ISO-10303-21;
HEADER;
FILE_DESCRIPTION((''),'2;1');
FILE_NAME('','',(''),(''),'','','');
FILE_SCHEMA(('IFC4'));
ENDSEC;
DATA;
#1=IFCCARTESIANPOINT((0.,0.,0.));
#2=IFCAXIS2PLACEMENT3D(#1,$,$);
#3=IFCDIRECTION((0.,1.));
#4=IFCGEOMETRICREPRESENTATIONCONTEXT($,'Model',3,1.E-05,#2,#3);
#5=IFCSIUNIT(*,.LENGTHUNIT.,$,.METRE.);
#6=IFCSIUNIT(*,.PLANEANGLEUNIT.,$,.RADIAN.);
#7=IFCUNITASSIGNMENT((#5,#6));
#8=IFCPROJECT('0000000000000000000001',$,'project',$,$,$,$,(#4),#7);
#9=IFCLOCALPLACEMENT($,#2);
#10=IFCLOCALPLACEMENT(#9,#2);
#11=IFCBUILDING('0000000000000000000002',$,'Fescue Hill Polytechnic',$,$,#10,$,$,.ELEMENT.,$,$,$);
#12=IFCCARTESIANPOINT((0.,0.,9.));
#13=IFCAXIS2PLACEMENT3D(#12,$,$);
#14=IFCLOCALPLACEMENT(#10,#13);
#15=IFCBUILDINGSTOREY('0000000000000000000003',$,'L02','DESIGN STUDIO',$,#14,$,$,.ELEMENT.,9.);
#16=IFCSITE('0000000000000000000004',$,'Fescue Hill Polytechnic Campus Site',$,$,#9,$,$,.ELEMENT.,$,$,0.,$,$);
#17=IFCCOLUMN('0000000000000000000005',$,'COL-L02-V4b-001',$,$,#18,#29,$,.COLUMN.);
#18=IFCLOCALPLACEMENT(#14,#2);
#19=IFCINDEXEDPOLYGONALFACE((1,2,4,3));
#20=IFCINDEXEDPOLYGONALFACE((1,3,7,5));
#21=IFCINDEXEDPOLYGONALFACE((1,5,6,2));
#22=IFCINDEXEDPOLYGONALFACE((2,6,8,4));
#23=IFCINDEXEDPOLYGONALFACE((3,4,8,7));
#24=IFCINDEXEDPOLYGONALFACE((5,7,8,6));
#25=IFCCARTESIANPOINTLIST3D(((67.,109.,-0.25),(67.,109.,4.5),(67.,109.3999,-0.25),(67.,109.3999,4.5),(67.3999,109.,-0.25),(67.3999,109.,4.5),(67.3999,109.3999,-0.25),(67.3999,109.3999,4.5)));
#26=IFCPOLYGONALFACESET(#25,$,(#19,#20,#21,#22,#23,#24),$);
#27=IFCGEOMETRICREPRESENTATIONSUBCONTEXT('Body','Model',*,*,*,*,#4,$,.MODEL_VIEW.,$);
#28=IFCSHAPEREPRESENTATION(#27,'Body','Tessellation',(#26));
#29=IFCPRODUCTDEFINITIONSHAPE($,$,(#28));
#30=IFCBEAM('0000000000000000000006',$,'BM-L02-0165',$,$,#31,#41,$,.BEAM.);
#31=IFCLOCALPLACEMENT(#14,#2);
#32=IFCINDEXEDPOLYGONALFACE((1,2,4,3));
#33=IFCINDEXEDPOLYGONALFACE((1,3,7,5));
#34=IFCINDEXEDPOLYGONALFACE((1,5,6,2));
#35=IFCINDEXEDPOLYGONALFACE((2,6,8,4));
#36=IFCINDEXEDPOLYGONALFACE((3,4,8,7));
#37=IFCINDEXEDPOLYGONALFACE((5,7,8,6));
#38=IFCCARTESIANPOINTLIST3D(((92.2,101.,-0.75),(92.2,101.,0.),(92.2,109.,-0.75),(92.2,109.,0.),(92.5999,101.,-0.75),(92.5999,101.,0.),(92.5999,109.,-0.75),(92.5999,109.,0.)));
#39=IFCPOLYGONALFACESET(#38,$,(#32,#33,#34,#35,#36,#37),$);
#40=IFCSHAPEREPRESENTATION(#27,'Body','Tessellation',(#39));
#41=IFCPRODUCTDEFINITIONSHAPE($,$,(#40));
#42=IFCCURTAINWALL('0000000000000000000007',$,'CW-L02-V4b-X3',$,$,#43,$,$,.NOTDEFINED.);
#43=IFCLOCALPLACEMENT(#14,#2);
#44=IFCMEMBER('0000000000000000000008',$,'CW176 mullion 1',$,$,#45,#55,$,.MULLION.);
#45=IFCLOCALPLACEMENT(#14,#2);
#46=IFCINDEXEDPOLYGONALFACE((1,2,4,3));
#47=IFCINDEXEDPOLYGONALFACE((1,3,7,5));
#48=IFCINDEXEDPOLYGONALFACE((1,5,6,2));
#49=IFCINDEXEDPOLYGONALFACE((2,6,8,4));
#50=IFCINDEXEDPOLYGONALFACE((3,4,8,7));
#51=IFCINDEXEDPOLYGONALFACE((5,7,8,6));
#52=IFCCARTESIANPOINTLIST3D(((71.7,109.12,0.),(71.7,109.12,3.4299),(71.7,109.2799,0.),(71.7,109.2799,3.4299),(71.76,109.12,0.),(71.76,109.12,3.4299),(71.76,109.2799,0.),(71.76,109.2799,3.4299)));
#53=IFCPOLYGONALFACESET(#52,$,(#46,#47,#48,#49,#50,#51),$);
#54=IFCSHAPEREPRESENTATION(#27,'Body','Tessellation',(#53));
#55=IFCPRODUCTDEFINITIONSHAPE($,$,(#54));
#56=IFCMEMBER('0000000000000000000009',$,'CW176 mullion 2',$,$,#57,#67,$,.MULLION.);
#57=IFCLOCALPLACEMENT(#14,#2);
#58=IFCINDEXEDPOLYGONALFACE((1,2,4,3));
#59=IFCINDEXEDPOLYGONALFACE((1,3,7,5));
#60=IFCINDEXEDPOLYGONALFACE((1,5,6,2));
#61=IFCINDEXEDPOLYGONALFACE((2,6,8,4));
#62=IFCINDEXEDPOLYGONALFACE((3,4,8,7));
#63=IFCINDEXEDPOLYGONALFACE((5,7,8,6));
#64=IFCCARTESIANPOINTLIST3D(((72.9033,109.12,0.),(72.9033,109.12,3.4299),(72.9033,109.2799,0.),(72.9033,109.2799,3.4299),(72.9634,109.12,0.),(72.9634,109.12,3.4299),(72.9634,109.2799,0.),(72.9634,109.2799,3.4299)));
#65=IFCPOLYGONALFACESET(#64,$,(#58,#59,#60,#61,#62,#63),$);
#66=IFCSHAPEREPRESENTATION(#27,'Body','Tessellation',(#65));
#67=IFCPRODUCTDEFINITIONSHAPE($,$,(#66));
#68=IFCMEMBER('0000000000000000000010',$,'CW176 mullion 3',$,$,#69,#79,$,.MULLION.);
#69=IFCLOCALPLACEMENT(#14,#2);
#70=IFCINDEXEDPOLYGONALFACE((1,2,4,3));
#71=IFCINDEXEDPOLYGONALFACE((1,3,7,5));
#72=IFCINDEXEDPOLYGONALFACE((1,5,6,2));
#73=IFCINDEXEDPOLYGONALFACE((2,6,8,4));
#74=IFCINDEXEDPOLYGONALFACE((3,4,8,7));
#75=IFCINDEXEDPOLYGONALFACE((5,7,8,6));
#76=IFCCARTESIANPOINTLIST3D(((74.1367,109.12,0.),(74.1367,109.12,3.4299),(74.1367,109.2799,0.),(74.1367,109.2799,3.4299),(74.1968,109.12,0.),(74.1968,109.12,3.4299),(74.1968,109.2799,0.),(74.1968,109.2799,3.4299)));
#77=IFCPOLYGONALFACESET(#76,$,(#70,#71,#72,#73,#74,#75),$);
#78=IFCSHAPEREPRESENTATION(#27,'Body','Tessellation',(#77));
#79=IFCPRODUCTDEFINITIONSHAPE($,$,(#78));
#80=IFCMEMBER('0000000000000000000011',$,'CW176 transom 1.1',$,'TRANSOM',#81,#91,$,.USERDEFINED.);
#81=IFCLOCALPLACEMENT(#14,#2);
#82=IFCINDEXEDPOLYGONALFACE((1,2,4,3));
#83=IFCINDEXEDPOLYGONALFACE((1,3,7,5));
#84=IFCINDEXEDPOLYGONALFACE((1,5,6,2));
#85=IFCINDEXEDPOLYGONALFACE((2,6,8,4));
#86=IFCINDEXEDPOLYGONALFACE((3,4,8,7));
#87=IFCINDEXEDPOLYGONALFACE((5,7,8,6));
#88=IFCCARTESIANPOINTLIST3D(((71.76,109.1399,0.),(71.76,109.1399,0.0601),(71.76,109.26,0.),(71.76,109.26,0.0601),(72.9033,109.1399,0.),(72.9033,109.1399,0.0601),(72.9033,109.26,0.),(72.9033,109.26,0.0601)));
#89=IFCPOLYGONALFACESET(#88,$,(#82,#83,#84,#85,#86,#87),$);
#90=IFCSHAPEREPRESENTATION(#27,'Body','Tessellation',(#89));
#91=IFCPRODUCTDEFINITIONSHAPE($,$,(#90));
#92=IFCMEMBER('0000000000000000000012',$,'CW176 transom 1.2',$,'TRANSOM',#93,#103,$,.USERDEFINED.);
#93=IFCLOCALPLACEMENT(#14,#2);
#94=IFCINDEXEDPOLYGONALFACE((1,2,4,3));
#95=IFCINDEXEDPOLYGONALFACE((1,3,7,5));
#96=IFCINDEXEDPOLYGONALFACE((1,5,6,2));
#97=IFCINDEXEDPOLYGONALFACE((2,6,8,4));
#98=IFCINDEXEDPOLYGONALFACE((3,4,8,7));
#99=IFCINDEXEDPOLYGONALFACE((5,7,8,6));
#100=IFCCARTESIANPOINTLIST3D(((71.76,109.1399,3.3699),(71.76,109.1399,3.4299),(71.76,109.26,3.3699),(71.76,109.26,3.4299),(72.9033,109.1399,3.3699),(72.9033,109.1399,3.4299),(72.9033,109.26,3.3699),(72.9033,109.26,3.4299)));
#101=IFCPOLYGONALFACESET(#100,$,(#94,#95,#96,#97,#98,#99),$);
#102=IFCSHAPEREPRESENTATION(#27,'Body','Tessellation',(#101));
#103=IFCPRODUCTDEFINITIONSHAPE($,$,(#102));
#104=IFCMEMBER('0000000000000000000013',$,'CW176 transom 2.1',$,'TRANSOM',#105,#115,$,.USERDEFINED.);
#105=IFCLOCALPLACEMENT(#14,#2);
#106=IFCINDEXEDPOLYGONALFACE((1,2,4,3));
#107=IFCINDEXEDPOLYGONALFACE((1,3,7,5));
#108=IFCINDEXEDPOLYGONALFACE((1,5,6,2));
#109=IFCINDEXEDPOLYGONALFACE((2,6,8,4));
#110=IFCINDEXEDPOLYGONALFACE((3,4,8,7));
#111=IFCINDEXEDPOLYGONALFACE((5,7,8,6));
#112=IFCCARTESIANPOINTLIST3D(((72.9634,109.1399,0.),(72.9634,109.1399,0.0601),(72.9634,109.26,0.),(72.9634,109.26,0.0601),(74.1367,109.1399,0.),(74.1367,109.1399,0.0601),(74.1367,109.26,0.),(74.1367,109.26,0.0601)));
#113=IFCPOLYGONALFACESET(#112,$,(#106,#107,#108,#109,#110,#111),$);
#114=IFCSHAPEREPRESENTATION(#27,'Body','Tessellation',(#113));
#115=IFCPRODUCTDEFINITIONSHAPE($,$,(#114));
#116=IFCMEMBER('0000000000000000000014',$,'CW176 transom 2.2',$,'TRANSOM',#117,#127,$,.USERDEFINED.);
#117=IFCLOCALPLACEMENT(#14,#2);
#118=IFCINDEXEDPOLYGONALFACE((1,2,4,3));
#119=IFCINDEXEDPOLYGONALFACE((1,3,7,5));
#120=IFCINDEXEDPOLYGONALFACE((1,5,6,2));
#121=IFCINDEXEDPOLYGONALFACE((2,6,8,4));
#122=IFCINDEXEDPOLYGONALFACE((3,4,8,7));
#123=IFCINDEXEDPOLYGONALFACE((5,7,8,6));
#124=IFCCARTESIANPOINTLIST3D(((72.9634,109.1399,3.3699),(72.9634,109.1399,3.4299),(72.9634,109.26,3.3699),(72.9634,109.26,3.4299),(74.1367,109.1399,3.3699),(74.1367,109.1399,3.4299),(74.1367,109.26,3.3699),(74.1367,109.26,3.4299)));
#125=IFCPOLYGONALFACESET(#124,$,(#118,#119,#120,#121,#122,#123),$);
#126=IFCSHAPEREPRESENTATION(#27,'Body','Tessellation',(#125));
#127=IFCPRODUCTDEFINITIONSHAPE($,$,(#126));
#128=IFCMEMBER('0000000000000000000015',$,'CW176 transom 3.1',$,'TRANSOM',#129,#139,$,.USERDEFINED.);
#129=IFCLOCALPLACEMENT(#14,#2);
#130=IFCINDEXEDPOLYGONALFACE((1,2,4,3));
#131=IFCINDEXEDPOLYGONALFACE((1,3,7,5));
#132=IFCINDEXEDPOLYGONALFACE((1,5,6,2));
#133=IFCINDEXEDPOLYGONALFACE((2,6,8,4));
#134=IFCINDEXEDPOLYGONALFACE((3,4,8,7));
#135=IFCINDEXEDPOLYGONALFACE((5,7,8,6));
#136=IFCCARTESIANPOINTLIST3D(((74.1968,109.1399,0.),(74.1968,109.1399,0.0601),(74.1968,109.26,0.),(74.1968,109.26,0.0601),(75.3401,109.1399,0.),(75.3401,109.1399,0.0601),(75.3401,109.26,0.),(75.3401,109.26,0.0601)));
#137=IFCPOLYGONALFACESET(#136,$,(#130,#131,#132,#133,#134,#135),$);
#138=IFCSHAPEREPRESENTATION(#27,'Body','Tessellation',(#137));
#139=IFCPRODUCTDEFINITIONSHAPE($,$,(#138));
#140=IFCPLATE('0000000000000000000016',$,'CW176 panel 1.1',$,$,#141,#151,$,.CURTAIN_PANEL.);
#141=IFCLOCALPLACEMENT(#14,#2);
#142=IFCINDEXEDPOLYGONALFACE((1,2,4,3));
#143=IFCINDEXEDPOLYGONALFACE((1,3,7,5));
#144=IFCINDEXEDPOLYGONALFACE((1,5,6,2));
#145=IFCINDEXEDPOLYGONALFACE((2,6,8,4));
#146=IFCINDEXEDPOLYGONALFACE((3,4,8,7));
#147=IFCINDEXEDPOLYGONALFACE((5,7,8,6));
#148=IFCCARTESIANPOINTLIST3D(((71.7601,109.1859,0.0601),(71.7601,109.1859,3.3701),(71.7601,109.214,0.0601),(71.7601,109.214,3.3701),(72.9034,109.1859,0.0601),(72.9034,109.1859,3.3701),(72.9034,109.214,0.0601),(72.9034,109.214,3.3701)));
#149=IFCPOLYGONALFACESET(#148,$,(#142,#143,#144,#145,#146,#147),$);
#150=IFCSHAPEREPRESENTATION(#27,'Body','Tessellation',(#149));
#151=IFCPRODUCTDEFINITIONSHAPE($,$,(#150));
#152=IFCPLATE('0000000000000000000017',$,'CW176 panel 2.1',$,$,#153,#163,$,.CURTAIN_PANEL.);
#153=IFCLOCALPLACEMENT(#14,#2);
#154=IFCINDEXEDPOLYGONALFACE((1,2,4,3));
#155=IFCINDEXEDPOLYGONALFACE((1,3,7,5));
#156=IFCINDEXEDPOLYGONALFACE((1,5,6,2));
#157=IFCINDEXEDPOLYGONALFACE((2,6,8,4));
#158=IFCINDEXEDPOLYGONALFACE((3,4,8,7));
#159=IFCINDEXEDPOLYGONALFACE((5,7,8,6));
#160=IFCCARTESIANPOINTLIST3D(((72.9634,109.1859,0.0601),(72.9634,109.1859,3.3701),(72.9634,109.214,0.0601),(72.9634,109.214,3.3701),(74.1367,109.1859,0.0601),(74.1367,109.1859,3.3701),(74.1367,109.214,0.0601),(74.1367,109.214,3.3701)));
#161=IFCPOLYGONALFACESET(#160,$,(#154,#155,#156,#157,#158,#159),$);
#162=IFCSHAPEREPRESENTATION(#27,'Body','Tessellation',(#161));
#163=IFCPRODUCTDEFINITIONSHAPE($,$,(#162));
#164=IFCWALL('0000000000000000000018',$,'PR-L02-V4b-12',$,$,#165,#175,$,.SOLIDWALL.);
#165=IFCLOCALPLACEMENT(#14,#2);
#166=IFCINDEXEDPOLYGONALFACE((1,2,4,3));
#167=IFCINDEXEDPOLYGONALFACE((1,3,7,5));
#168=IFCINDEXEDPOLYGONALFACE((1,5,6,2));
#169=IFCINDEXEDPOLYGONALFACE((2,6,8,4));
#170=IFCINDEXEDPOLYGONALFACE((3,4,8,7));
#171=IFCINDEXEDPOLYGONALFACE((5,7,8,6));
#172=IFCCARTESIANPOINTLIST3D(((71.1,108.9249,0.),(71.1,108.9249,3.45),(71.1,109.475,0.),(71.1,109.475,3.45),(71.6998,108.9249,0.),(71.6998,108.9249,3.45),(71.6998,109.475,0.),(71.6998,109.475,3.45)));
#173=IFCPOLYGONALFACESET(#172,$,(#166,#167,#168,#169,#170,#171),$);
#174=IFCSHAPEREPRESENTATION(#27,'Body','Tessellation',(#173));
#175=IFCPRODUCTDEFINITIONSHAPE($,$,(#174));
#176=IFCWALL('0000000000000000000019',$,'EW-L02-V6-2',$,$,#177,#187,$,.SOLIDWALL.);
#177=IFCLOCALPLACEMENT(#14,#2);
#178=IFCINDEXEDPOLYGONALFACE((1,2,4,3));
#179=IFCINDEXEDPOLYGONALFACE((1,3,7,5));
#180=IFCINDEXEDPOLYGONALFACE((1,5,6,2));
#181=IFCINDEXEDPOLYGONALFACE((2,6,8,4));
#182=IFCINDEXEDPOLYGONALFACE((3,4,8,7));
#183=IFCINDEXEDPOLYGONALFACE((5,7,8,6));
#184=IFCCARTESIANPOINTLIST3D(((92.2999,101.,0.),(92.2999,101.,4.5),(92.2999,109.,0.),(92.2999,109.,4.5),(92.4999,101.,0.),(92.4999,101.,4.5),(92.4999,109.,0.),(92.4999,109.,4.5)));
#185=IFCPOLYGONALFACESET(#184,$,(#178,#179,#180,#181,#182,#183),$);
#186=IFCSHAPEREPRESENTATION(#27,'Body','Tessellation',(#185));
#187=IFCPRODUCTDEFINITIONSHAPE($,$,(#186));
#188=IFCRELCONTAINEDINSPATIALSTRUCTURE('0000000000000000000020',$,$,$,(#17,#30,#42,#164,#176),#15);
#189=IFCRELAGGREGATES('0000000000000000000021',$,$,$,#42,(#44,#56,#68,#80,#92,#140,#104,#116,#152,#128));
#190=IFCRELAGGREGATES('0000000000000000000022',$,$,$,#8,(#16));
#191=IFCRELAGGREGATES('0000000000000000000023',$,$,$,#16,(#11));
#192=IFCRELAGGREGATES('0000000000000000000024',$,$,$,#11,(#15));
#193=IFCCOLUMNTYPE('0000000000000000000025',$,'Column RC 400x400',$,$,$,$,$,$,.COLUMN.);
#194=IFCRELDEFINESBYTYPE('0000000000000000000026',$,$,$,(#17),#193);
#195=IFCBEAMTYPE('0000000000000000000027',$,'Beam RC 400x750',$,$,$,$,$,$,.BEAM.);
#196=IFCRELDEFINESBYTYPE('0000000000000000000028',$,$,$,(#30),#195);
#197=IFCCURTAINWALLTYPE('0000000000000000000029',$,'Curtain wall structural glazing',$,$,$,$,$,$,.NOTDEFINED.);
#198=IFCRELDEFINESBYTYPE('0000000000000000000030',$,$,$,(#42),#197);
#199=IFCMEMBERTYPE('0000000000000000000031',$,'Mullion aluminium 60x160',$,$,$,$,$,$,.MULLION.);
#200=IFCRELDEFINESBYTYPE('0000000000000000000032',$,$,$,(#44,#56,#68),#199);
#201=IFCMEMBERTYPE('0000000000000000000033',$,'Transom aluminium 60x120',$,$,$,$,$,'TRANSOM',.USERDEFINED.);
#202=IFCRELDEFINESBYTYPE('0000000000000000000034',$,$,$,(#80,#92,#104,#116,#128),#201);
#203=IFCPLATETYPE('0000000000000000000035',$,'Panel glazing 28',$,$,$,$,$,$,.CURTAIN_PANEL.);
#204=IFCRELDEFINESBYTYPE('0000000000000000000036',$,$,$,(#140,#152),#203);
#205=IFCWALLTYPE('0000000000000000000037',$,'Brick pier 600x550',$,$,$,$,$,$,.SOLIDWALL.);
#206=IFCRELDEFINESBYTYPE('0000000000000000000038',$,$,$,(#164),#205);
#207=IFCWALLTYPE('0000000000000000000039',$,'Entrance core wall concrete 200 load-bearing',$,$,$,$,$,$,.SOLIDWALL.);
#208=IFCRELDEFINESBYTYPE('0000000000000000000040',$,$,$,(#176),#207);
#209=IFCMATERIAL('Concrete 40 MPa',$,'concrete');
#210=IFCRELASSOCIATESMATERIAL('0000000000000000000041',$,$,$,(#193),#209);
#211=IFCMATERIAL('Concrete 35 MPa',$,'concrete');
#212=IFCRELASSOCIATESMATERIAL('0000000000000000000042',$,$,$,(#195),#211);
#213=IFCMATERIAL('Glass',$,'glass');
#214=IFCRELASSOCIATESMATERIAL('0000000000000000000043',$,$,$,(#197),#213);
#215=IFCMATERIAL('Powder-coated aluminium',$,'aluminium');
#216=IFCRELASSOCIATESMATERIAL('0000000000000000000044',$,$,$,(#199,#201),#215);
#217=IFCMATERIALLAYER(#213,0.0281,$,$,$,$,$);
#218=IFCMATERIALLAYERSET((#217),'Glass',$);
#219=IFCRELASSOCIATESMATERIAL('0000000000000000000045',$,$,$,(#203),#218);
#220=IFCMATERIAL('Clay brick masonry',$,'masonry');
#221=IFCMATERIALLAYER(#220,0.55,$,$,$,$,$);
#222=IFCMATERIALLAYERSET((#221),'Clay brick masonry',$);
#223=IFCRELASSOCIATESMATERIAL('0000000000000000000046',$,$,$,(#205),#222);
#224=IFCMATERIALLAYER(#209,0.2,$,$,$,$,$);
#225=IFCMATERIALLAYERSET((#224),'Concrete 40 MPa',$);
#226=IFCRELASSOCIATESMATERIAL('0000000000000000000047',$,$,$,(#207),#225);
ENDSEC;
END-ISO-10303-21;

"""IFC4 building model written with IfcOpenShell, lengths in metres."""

from ifc_helpers import new_model, si_unit, direction, frame, frame_2d, origin, origin_2d, place, context, subcontext, project, spatial, rectangle, extrude, material, layer, layer_set, material_profile, profile_set, type_object, element, aggregate, save


model = new_model("IFC4")

# Units and contexts
model_context = context("Model", 3, precision=1e-05, world=origin(), true_north=direction((0.0, 1.0)))
body_context = subcontext(model_context, "Body", "Model", "MODEL_VIEW")
ifc_project = project(units=[si_unit("LENGTHUNIT", "METRE"), si_unit("PLANEANGLEUNIT", "RADIAN")], contexts=[model_context])

# Site, building, storey
site_placement = place(None, origin())
site = spatial("IfcSite", under=ifc_project, at=site_placement, Name="Fescue Hill Polytechnic Campus Site", CompositionType="ELEMENT", RefElevation=0.0)
building_placement = place(site_placement, origin())
building = spatial("IfcBuilding", under=site, at=building_placement, Name="Fescue Hill Polytechnic", CompositionType="ELEMENT")
storey_placement = place(building_placement, frame((0.0, 0.0, 9.0)))
storey = spatial("IfcBuildingStorey", under=building, at=storey_placement, Name="L02", Description="DESIGN STUDIO", CompositionType="ELEMENT", Elevation=9.0)

# Column
ifc_material_1 = material(Name="Concrete 40 MPa", Category="concrete")
ifc_material_profile_1 = material_profile(ifc_material_1, rectangle(XDim=0.3999, YDim=0.3999, at=origin_2d()), Name="RC 400x400")
ifc_profile_set_1 = profile_set([ifc_material_profile_1], Name="Concrete 40 MPa")
column_type = type_object("IfcColumnType", Name="Column RC 400x400", PredefinedType="COLUMN", material=ifc_profile_set_1)
column_placement = place(storey_placement, frame((67.2, 109.2, -0.25), z_axis=(0.0, 0.0, 1.0), x_axis=(1.0, 0.0, 0.0)))
element("IfcColumn", 1, at=column_placement, inside=storey, type_object=column_type, Name="COL-L02-V4b-001", PredefinedType="COLUMN", context=body_context, shape_type="SweptSolid", body=[
    extrude(rectangle(XDim=0.3999, YDim=0.3999, at=origin_2d()), origin(), (0.0, 0.0, 1.0), 4.75),
])

# Beam
ifc_material_2 = material(Name="Concrete 35 MPa", Category="concrete")
ifc_material_profile_2 = material_profile(ifc_material_2, rectangle(XDim=0.3999, YDim=0.75, at=origin_2d()), Name="RC 400x750")
ifc_profile_set_2 = profile_set([ifc_material_profile_2], Name="Concrete 35 MPa")
beam_type = type_object("IfcBeamType", Name="Beam RC 400x750", PredefinedType="BEAM", material=ifc_profile_set_2)
beam_placement = place(storey_placement, frame((92.3999, 101.0, -0.375), z_axis=(0.0, 1.0, 0.0), x_axis=(-1.0, 0.0, 0.0)))
element("IfcBeam", 2, at=beam_placement, inside=storey, type_object=beam_type, Name="BM-L02-0165", PredefinedType="BEAM", context=body_context, shape_type="SweptSolid", body=[
    extrude(rectangle(XDim=0.3999, YDim=0.75, at=origin_2d()), origin(), (0.0, 0.0, 1.0), 8.0),
])

# Curtain wall, members, plates
ifc_material_3 = material(Name="Glass", Category="glass")
curtain_wall_type = type_object("IfcCurtainWallType", Name="Curtain wall structural glazing", PredefinedType="NOTDEFINED", material=ifc_material_3)
curtain_wall_placement = place(storey_placement, origin())
curtain_wall = element("IfcCurtainWall", 3, at=curtain_wall_placement, inside=storey, type_object=curtain_wall_type, Name="CW-L02-V4b-X3", PredefinedType="NOTDEFINED")
ifc_material_4 = material(Name="Powder-coated aluminium", Category="aluminium")
ifc_material_profile_3 = material_profile(ifc_material_4, rectangle(XDim=0.1599, YDim=0.0601, at=origin_2d()), Name="Mullion aluminium 60x160")
ifc_profile_set_3 = profile_set([ifc_material_profile_3], Name="Powder-coated aluminium")
member_type_1 = type_object("IfcMemberType", Name="Mullion aluminium 60x160", PredefinedType="MULLION", material=ifc_profile_set_3)
member_1_placement = place(storey_placement, frame((71.73, 109.2, 0.0), z_axis=(0.0, 0.0, 1.0), x_axis=(0.0, 1.0, 0.0)))
member_1 = element("IfcMember", 4, at=member_1_placement, type_object=member_type_1, Name="CW176 mullion 1", PredefinedType="MULLION", context=body_context, shape_type="SweptSolid", body=[
    extrude(rectangle(XDim=0.1599, YDim=0.0601, at=origin_2d()), origin(), (0.0, 0.0, 1.0), 3.4299),
])
member_2_placement = place(storey_placement, frame((72.9333, 109.2, 0.0), z_axis=(0.0, 0.0, 1.0), x_axis=(0.0, 1.0, 0.0)))
member_2 = element("IfcMember", 5, at=member_2_placement, type_object=member_type_1, Name="CW176 mullion 2", PredefinedType="MULLION", context=body_context, shape_type="SweptSolid", body=[
    extrude(rectangle(XDim=0.1599, YDim=0.0601, at=origin_2d()), origin(), (0.0, 0.0, 1.0), 3.4299),
])
member_3_placement = place(storey_placement, frame((74.1667, 109.2, 0.0), z_axis=(0.0, 0.0, 1.0), x_axis=(0.0, 1.0, 0.0)))
member_3 = element("IfcMember", 6, at=member_3_placement, type_object=member_type_1, Name="CW176 mullion 3", PredefinedType="MULLION", context=body_context, shape_type="SweptSolid", body=[
    extrude(rectangle(XDim=0.1599, YDim=0.0601, at=origin_2d()), origin(), (0.0, 0.0, 1.0), 3.4299),
])
ifc_material_profile_4 = material_profile(ifc_material_4, rectangle(XDim=0.1201, YDim=0.0601, at=origin_2d()), Name="Transom aluminium 60x120")
ifc_profile_set_4 = profile_set([ifc_material_profile_4], Name="Powder-coated aluminium")
member_type_2 = type_object("IfcMemberType", Name="Transom aluminium 60x120", ElementType="TRANSOM", PredefinedType="USERDEFINED", material=ifc_profile_set_4)
member_4_placement = place(storey_placement, frame((71.76, 109.2, 0.03), z_axis=(1.0, 0.0, 0.0), x_axis=(0.0, 1.0, 0.0)))
member_4 = element("IfcMember", 7, at=member_4_placement, type_object=member_type_2, Name="CW176 transom 1.1", ObjectType="TRANSOM", PredefinedType="USERDEFINED", context=body_context, shape_type="SweptSolid", body=[
    extrude(rectangle(XDim=0.1201, YDim=0.0601, at=origin_2d()), origin(), (0.0, 0.0, 1.0), 1.1433),
])
member_5_placement = place(storey_placement, frame((71.76, 109.2, 3.3999), z_axis=(1.0, 0.0, 0.0), x_axis=(0.0, 1.0, 0.0)))
member_5 = element("IfcMember", 8, at=member_5_placement, type_object=member_type_2, Name="CW176 transom 1.2", ObjectType="TRANSOM", PredefinedType="USERDEFINED", context=body_context, shape_type="SweptSolid", body=[
    extrude(rectangle(XDim=0.1201, YDim=0.0601, at=origin_2d()), origin(), (0.0, 0.0, 1.0), 1.1433),
])
member_6_placement = place(storey_placement, frame((72.9634, 109.2, 0.03), z_axis=(1.0, 0.0, 0.0), x_axis=(0.0, 1.0, 0.0)))
member_6 = element("IfcMember", 9, at=member_6_placement, type_object=member_type_2, Name="CW176 transom 2.1", ObjectType="TRANSOM", PredefinedType="USERDEFINED", context=body_context, shape_type="SweptSolid", body=[
    extrude(rectangle(XDim=0.1201, YDim=0.0601, at=origin_2d()), origin(), (0.0, 0.0, 1.0), 1.1733),
])
member_7_placement = place(storey_placement, frame((72.9634, 109.2, 3.3999), z_axis=(1.0, 0.0, 0.0), x_axis=(0.0, 1.0, 0.0)))
member_7 = element("IfcMember", 10, at=member_7_placement, type_object=member_type_2, Name="CW176 transom 2.2", ObjectType="TRANSOM", PredefinedType="USERDEFINED", context=body_context, shape_type="SweptSolid", body=[
    extrude(rectangle(XDim=0.1201, YDim=0.0601, at=origin_2d()), origin(), (0.0, 0.0, 1.0), 1.1733),
])
member_8_placement = place(storey_placement, frame((74.1968, 109.2, 0.03), z_axis=(1.0, 0.0, 0.0), x_axis=(0.0, 1.0, 0.0)))
member_8 = element("IfcMember", 11, at=member_8_placement, type_object=member_type_2, Name="CW176 transom 3.1", ObjectType="TRANSOM", PredefinedType="USERDEFINED", context=body_context, shape_type="SweptSolid", body=[
    extrude(rectangle(XDim=0.1201, YDim=0.0601, at=origin_2d()), origin(), (0.0, 0.0, 1.0), 1.1433),
])
ifc_layer_1 = layer(ifc_material_3, 0.0281)
ifc_layer_set_1 = layer_set([ifc_layer_1], Name="Glass")
plate_type = type_object("IfcPlateType", Name="Panel glazing 28", PredefinedType="CURTAIN_PANEL", material=ifc_layer_set_1)
plate_1_placement = place(storey_placement, frame((72.3318, 109.2, 0.0601), z_axis=(0.0, 0.0, 1.0), x_axis=(1.0, 0.0, 0.0)))
plate_1 = element("IfcPlate", 12, at=plate_1_placement, type_object=plate_type, Name="CW176 panel 1.1", PredefinedType="CURTAIN_PANEL", context=body_context, shape_type="SweptSolid", body=[
    extrude(rectangle(XDim=1.1433, YDim=0.0281, at=origin_2d()), origin(), (0.0, 0.0, 1.0), 3.3101),
])
plate_2_placement = place(storey_placement, frame((73.55, 109.2, 0.0601), z_axis=(0.0, 0.0, 1.0), x_axis=(1.0, 0.0, 0.0)))
plate_2 = element("IfcPlate", 13, at=plate_2_placement, type_object=plate_type, Name="CW176 panel 2.1", PredefinedType="CURTAIN_PANEL", context=body_context, shape_type="SweptSolid", body=[
    extrude(rectangle(XDim=1.1733, YDim=0.0281, at=origin_2d()), origin(), (0.0, 0.0, 1.0), 3.3101),
])
aggregate(curtain_wall, [member_1, member_2, member_3, member_4, member_5, plate_1, member_6, member_7, plate_2, member_8])

# Walls
ifc_material_5 = material(Name="Clay brick masonry", Category="masonry")
ifc_layer_2 = layer(ifc_material_5, 0.55)
ifc_layer_set_2 = layer_set([ifc_layer_2], Name="Clay brick masonry")
wall_type_1 = type_object("IfcWallType", Name="Brick pier 600x550", PredefinedType="SOLIDWALL", material=ifc_layer_set_2)
wall_1_placement = place(storey_placement, frame((71.1001, 109.2, 0.0), z_axis=(0.0, 0.0, 1.0), x_axis=(1.0, 0.0, 0.0)))
element("IfcWall", 14, at=wall_1_placement, inside=storey, type_object=wall_type_1, Name="PR-L02-V4b-12", PredefinedType="SOLIDWALL", context=body_context, shape_type="SweptSolid", body=[
    extrude(rectangle(XDim=0.5999, YDim=0.55, at=frame_2d((0.2998, 0.0))), origin(), (0.0, 0.0, 1.0), 3.45),
])
ifc_layer_3 = layer(ifc_material_1, 0.2)
ifc_layer_set_3 = layer_set([ifc_layer_3], Name="Concrete 40 MPa")
wall_type_2 = type_object("IfcWallType", Name="Entrance core wall concrete 200 load-bearing", PredefinedType="SOLIDWALL", material=ifc_layer_set_3)
wall_2_placement = place(storey_placement, frame((92.3999, 109.0, 0.0), z_axis=(0.0, 0.0, 1.0), x_axis=(0.0, -1.0, 0.0)))
element("IfcWall", 15, at=wall_2_placement, inside=storey, type_object=wall_type_2, Name="EW-L02-V6-2", PredefinedType="SOLIDWALL", context=body_context, shape_type="SweptSolid", body=[
    extrude(rectangle(XDim=8.0, YDim=0.2, at=frame_2d((4.0, 0.0))), origin(), (0.0, 0.0, 1.0), 4.5),
])

save(model, "model.ifc")
